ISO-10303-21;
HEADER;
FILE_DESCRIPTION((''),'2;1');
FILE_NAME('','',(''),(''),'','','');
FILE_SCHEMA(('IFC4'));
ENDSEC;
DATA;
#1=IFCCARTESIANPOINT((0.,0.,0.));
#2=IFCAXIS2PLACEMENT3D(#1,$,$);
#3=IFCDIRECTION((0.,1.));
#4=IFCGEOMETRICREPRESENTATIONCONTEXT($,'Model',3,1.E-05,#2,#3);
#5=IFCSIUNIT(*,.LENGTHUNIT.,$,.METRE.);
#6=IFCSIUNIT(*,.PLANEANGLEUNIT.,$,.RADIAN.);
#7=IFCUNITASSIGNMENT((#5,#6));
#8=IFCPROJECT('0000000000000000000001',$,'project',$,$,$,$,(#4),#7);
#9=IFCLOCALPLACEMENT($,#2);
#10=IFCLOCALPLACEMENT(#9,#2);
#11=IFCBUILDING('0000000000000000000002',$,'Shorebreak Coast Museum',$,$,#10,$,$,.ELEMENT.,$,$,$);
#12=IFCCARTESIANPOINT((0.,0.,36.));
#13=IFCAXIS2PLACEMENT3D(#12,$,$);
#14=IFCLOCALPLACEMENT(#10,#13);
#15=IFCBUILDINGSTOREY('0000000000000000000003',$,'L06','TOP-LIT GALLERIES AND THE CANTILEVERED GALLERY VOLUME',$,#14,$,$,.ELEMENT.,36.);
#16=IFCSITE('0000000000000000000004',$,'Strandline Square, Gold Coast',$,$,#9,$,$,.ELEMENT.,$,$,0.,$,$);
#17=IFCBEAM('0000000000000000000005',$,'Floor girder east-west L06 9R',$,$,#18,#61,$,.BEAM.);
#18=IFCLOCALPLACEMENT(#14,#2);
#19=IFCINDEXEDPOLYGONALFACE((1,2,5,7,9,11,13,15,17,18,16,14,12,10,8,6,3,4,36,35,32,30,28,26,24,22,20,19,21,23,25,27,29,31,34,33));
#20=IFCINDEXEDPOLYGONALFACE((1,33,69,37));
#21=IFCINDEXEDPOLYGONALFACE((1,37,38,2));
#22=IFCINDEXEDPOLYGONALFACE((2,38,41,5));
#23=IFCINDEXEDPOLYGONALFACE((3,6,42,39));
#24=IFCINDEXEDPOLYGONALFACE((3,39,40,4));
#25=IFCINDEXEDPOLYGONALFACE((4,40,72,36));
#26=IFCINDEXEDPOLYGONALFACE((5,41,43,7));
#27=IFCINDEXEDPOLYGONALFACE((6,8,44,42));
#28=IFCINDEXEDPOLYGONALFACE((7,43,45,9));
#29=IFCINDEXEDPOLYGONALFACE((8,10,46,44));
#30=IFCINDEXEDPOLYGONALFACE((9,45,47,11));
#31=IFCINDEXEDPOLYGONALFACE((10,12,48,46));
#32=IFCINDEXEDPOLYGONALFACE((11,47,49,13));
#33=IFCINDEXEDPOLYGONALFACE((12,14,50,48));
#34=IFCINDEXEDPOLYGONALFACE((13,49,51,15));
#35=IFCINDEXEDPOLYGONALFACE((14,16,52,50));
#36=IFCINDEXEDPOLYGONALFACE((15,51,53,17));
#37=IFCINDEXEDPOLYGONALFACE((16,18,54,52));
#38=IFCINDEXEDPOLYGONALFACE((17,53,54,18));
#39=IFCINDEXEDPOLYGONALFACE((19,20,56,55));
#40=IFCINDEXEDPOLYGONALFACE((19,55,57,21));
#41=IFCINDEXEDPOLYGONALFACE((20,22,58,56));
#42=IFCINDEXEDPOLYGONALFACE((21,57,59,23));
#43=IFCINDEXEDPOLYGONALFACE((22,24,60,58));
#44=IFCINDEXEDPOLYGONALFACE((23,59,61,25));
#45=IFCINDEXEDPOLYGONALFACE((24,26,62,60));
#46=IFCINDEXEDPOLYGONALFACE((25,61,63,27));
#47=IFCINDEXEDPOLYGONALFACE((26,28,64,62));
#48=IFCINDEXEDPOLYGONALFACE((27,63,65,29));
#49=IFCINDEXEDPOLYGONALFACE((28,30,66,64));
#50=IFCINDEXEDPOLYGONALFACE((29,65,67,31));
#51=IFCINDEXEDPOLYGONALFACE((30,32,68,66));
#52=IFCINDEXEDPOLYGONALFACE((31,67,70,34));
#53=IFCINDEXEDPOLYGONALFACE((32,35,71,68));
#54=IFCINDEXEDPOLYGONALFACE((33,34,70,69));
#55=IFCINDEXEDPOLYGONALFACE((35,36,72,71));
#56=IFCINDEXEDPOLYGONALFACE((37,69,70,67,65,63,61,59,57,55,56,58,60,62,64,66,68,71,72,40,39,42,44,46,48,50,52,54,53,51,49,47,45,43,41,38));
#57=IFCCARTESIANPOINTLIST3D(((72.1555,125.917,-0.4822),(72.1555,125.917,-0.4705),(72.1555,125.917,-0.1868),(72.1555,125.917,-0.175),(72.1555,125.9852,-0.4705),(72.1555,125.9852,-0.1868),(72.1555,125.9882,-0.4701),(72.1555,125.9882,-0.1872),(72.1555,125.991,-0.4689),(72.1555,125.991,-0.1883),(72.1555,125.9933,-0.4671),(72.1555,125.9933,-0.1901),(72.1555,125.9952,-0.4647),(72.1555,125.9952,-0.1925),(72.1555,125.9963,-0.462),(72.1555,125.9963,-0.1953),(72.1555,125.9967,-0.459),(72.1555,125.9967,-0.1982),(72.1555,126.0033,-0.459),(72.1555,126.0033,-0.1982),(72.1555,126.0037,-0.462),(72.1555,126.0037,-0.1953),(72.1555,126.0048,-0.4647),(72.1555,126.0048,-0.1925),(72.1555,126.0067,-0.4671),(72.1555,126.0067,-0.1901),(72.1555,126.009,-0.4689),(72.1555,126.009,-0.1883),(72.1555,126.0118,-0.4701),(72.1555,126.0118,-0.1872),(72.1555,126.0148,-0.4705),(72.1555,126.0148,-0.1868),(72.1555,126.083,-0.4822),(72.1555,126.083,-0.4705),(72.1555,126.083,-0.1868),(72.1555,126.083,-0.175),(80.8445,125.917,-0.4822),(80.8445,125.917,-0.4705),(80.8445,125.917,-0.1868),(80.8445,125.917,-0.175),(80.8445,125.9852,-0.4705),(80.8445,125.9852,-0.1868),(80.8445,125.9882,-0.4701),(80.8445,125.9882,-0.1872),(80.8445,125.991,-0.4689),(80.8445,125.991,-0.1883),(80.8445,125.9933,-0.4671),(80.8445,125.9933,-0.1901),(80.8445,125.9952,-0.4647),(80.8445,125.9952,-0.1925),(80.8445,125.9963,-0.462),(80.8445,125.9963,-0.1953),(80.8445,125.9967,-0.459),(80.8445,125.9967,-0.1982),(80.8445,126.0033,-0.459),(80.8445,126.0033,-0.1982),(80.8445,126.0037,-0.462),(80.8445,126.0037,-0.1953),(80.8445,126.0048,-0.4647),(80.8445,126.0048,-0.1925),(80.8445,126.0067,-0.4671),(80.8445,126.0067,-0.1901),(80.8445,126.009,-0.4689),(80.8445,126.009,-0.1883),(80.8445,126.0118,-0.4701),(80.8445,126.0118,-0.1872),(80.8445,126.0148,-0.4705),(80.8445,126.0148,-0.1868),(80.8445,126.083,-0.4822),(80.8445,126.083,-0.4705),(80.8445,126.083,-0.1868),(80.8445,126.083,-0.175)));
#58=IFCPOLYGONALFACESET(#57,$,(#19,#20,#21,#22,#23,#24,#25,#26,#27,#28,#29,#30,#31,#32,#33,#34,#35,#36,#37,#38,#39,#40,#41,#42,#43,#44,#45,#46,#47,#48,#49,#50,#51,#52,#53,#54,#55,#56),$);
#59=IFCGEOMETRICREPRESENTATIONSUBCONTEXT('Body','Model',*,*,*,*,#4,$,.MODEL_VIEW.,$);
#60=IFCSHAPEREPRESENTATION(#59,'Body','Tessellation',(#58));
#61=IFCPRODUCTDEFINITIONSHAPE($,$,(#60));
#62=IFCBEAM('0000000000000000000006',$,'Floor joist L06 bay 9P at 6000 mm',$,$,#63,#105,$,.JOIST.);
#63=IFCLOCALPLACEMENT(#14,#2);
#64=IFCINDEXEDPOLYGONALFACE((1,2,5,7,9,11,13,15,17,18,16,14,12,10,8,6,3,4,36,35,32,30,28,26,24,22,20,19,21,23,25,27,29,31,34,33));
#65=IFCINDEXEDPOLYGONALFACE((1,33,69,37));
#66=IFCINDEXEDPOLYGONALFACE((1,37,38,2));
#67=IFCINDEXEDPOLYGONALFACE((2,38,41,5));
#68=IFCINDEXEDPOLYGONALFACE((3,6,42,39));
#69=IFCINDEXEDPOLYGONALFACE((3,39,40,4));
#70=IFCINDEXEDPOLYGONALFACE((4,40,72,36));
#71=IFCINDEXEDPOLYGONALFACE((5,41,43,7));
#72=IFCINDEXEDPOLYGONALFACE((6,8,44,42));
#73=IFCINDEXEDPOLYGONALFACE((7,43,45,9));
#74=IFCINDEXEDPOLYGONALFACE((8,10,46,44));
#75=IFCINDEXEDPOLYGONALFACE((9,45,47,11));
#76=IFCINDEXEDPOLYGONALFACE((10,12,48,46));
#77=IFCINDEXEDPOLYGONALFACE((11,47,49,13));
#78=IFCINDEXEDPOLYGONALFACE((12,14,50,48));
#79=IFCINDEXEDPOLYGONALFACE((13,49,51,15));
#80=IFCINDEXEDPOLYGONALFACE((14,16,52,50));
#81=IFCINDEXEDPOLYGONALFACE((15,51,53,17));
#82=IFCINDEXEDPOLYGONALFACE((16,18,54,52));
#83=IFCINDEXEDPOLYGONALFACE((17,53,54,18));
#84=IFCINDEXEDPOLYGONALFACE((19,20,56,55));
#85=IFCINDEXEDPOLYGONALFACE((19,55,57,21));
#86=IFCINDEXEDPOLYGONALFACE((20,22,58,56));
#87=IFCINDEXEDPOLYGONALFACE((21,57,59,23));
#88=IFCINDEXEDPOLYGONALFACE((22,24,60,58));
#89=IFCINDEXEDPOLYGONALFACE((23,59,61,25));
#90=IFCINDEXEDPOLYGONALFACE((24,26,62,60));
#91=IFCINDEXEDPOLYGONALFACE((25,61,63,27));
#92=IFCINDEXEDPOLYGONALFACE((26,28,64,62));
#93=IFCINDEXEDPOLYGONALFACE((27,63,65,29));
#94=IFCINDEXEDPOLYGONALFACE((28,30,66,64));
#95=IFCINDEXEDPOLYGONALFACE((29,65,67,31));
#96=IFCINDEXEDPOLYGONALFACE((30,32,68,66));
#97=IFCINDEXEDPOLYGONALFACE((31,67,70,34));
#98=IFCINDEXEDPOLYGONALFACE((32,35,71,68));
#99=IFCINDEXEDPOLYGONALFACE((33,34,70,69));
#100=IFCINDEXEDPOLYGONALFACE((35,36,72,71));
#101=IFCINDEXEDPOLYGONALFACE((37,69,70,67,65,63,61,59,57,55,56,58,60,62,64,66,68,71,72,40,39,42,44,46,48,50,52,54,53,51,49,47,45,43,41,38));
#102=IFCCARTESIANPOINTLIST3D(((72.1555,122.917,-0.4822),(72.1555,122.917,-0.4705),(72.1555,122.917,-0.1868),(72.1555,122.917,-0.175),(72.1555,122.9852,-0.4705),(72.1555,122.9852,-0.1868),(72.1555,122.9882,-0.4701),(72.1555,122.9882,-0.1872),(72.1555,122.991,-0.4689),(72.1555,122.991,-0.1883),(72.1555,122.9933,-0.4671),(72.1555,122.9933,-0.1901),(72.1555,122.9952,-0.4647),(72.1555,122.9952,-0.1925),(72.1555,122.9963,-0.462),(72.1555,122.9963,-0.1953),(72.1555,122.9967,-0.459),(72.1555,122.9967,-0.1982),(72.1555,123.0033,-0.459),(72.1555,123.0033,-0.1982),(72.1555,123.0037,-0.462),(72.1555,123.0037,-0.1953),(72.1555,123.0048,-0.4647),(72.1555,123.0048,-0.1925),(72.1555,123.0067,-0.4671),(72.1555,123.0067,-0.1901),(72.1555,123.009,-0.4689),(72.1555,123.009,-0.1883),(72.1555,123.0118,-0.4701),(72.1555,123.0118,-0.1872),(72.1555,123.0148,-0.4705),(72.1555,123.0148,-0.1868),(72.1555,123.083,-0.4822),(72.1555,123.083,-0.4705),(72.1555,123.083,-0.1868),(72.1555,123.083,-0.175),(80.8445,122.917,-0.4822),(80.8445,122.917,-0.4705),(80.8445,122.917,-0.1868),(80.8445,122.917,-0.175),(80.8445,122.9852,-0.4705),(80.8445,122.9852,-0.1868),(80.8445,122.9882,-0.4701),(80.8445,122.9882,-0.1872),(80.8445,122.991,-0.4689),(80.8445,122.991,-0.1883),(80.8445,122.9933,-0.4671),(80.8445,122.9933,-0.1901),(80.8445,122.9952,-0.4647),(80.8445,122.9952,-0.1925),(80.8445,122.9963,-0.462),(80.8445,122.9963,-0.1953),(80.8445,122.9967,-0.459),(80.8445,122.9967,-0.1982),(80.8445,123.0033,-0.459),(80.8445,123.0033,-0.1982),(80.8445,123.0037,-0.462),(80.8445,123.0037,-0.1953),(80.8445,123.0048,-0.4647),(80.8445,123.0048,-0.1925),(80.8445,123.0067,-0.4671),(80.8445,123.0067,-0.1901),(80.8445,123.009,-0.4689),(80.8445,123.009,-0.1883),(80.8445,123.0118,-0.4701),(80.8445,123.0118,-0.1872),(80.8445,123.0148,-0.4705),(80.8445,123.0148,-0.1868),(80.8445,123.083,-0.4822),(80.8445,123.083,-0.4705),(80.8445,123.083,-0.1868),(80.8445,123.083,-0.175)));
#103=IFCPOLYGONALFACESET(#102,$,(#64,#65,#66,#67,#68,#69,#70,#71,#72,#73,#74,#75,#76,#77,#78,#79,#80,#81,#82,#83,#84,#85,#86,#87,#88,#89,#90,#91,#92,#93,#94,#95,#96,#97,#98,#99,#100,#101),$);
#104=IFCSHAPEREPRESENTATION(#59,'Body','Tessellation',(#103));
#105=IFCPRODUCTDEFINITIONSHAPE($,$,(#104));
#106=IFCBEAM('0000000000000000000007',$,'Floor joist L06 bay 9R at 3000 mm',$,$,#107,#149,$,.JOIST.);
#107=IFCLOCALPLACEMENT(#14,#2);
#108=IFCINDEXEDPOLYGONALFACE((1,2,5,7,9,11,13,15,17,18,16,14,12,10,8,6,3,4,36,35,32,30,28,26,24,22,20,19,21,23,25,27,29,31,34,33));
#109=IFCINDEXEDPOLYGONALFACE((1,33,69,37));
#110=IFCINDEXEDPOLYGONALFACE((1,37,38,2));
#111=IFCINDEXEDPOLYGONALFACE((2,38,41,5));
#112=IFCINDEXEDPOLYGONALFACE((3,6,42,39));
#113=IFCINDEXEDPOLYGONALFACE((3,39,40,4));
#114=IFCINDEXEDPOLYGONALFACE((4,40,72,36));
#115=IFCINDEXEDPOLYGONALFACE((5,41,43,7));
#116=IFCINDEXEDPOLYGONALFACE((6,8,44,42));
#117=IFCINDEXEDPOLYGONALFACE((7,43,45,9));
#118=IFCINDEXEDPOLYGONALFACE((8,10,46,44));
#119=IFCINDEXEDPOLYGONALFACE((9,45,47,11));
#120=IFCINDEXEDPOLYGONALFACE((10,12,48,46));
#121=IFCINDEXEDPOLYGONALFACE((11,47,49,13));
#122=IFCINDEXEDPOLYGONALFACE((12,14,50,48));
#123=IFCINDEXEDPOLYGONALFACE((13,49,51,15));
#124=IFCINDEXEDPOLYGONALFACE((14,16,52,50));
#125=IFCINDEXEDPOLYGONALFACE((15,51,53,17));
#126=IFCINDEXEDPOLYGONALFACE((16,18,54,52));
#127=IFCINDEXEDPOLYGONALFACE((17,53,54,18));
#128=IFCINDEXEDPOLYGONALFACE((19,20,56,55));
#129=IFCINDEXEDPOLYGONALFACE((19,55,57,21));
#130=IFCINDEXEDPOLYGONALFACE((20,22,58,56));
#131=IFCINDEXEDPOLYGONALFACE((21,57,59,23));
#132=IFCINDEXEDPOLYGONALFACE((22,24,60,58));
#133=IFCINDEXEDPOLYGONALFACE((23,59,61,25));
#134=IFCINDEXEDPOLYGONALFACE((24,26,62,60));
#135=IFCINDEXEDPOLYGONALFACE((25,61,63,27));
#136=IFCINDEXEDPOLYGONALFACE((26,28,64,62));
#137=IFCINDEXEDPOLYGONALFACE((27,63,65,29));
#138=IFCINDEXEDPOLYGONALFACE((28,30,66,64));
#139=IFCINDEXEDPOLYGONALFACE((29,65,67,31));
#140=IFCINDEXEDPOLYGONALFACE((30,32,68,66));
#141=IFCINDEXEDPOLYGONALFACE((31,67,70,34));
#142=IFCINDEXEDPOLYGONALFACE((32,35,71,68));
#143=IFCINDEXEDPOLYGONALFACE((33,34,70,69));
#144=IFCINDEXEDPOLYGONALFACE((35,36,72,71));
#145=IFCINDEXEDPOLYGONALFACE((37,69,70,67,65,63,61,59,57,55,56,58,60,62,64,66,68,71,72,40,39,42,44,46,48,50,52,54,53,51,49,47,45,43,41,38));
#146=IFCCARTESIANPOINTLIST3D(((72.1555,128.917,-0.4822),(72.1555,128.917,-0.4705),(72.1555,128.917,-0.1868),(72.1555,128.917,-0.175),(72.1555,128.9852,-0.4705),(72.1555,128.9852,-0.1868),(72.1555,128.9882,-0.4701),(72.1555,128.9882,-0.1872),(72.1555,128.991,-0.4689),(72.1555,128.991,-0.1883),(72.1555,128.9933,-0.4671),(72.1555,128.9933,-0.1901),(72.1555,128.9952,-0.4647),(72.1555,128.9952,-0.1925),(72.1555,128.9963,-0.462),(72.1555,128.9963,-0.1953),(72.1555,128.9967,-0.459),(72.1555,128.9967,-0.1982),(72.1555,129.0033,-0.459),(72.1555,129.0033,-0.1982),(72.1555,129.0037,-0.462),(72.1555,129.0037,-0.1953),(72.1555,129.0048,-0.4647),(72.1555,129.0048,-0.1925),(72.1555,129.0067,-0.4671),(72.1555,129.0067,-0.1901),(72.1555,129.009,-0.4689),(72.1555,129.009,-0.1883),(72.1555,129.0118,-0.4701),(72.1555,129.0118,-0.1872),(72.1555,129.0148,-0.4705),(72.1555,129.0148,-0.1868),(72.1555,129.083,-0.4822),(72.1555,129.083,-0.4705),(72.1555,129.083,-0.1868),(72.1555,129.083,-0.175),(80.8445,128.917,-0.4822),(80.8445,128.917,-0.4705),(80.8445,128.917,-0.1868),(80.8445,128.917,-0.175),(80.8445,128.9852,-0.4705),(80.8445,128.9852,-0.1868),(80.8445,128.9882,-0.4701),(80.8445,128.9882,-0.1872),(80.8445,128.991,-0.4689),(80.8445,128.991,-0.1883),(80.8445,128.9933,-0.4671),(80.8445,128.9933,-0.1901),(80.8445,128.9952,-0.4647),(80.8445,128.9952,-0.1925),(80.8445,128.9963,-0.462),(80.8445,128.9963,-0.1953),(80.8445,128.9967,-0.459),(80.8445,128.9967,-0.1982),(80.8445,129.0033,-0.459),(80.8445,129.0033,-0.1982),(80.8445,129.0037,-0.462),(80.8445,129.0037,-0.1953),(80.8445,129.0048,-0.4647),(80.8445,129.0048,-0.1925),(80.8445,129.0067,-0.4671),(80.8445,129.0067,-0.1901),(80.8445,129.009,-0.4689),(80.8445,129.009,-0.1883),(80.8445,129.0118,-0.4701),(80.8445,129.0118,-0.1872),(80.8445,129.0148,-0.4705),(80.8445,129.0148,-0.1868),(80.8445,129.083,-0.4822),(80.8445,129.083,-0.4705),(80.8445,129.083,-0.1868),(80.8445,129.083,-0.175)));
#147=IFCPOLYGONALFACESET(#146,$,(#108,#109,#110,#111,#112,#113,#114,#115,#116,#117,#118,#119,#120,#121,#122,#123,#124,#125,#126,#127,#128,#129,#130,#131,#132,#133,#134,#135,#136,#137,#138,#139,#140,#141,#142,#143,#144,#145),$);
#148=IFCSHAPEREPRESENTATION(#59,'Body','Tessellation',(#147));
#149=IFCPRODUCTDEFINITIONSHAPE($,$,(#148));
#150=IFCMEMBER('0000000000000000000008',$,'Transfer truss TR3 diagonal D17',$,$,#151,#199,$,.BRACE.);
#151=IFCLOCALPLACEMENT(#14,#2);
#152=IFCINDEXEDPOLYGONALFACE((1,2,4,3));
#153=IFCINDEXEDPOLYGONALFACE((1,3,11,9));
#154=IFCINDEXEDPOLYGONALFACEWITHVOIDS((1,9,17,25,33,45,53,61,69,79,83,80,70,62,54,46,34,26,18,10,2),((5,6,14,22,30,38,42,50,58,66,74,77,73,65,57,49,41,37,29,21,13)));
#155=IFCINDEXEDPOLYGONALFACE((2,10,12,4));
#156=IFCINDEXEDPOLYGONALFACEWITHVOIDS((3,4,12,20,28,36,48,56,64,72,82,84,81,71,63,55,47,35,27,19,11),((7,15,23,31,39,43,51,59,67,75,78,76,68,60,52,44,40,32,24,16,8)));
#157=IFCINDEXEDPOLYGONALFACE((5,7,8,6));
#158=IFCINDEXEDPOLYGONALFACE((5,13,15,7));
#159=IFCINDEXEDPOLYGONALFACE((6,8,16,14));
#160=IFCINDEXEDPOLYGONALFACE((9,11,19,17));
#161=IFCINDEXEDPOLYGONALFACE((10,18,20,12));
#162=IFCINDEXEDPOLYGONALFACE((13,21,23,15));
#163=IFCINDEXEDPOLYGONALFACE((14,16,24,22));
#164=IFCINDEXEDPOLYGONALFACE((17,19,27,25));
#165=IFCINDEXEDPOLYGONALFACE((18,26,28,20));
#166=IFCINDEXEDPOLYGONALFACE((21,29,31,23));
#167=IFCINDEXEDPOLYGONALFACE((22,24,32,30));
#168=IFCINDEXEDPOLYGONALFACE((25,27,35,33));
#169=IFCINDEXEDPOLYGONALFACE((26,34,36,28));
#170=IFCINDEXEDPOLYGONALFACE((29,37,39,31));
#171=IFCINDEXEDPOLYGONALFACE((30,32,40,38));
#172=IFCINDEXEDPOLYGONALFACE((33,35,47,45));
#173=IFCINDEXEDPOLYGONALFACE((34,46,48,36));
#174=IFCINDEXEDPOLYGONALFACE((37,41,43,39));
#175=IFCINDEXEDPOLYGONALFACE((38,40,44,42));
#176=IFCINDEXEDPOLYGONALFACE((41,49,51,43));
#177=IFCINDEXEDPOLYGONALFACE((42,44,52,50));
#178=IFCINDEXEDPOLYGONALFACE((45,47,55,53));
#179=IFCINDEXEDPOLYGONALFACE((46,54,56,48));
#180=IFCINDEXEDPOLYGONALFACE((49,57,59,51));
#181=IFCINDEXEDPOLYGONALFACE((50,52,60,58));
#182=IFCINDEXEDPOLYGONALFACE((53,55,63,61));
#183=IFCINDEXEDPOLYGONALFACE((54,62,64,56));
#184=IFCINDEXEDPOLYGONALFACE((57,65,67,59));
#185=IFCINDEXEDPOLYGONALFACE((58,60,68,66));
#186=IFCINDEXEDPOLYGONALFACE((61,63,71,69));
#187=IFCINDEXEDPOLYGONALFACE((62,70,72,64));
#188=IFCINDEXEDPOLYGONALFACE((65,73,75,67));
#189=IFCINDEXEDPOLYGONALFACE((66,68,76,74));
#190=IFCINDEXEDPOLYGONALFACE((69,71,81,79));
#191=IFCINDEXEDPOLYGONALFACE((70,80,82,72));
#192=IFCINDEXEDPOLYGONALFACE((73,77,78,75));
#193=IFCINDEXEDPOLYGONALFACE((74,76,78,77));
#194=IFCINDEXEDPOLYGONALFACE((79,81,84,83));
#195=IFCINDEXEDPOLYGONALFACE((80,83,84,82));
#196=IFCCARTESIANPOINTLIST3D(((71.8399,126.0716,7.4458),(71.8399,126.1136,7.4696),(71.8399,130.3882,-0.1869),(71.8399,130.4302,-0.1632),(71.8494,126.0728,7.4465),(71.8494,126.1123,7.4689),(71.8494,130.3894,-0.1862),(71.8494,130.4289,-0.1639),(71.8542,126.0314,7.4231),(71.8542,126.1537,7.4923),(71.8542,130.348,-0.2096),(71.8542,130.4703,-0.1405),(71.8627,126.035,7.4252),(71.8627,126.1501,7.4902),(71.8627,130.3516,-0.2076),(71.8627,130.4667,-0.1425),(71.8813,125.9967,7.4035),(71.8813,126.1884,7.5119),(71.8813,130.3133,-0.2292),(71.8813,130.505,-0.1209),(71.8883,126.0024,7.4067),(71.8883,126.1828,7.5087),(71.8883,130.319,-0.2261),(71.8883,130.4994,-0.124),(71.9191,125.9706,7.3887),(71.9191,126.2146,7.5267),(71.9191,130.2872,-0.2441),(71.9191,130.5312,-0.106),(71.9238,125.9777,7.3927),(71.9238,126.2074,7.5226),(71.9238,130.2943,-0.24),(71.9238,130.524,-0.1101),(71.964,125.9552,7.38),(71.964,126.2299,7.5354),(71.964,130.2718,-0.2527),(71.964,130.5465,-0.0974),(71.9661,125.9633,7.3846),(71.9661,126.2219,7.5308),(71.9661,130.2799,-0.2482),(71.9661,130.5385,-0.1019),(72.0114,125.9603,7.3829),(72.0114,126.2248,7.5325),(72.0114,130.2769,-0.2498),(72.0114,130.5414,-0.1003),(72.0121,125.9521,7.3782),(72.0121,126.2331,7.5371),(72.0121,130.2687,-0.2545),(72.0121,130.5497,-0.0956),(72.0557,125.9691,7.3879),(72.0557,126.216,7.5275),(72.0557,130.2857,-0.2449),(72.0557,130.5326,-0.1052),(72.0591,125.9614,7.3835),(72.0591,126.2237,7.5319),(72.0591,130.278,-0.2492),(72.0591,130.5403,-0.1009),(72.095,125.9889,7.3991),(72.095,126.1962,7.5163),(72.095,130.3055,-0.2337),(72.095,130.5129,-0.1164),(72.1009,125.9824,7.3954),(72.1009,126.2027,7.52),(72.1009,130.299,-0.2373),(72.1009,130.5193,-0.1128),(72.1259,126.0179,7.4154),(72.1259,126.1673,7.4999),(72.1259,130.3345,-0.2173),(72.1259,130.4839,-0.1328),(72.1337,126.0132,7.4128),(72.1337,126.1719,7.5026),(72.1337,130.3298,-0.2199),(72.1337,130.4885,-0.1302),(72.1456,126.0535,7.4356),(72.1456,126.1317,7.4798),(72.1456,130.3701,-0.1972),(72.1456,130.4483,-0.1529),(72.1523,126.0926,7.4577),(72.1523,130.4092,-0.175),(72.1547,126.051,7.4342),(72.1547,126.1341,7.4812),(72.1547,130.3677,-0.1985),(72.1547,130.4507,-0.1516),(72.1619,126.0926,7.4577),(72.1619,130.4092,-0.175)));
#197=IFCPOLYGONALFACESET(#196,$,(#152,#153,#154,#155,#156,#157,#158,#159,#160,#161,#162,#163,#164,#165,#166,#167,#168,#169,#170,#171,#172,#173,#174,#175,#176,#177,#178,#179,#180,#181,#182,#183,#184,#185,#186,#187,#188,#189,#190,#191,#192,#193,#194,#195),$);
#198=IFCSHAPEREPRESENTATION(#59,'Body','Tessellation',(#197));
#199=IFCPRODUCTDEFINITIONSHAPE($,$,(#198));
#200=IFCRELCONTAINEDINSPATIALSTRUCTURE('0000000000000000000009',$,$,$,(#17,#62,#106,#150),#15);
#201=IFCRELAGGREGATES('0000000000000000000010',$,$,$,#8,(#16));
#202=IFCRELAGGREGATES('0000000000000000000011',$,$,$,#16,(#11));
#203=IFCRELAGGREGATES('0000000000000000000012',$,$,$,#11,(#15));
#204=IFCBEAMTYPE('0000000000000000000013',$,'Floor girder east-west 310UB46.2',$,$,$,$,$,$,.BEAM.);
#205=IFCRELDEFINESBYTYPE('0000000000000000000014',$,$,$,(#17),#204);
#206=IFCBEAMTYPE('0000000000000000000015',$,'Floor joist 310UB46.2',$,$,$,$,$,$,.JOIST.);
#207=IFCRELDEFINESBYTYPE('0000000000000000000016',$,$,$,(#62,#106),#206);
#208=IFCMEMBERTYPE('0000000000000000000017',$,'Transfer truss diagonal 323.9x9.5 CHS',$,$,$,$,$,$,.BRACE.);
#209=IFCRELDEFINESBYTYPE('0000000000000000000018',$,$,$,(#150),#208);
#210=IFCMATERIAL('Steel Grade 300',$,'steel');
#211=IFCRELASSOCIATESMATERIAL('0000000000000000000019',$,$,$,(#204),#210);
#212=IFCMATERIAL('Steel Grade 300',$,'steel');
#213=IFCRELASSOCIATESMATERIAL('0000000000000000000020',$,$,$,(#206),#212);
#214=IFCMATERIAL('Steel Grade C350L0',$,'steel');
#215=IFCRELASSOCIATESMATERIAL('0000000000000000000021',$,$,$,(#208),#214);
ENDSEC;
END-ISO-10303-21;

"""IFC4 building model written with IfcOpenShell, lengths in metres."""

from ifc_helpers import new_model, si_unit, direction, frame, origin, origin_2d, place, context, subcontext, project, spatial, hollow_circle, i_section, extrude, material, material_profile, profile_set, type_object, element, save


model = new_model("IFC4")

# Units and contexts
model_context = context("Model", 3, precision=1e-05, world=origin(), true_north=direction((0.0, 1.0)))
body_context = subcontext(model_context, "Body", "Model", "MODEL_VIEW")
ifc_project = project(units=[si_unit("LENGTHUNIT", "METRE"), si_unit("PLANEANGLEUNIT", "RADIAN")], contexts=[model_context])

# Site, building, storey
site_placement = place(None, origin())
site = spatial("IfcSite", under=ifc_project, at=site_placement, Name="Strandline Square, Gold Coast", CompositionType="ELEMENT", RefElevation=0.0)
building_placement = place(site_placement, origin())
building = spatial("IfcBuilding", under=site, at=building_placement, Name="Shorebreak Coast Museum", CompositionType="ELEMENT")
storey_placement = place(building_placement, frame((0.0, 0.0, 36.0)))
storey = spatial("IfcBuildingStorey", under=building, at=storey_placement, Name="L06", Description="TOP-LIT GALLERIES AND THE CANTILEVERED GALLERY VOLUME", CompositionType="ELEMENT", Elevation=36.0)

# Beams
ifc_material_1 = material(Name="Steel Grade 300", Category="steel")
ifc_material_profile_1 = material_profile(ifc_material_1, i_section(OverallWidth=0.166, OverallDepth=0.3071, WebThickness=0.0066, FlangeThickness=0.0117, FilletRadius=0.0115, at=origin_2d()), Name="310UB46.2")
ifc_profile_set_1 = profile_set([ifc_material_profile_1], Name="Steel Grade 300")
beam_type_1 = type_object("IfcBeamType", Name="Floor girder east-west 310UB46.2", PredefinedType="BEAM", material=ifc_profile_set_1)
beam_placement = place(storey_placement, frame((72.1555, 126.0, -0.3286), z_axis=(1.0, 0.0, 0.0), x_axis=(0.0, 1.0, 0.0)))
element("IfcBeam", 1, at=beam_placement, inside=storey, type_object=beam_type_1, Name="Floor girder east-west L06 9R", PredefinedType="BEAM", context=body_context, shape_type="SweptSolid", body=[
    extrude(i_section(OverallWidth=0.166, OverallDepth=0.3071, WebThickness=0.0066, FlangeThickness=0.0117, FilletRadius=0.0115, at=origin_2d()), origin(), (0.0, 0.0, 1.0), 8.689),
])
ifc_material_2 = material(Name="Steel Grade 300", Category="steel")
ifc_material_profile_2 = material_profile(ifc_material_2, i_section(OverallWidth=0.166, OverallDepth=0.3071, WebThickness=0.0066, FlangeThickness=0.0117, FilletRadius=0.0115, at=origin_2d()), Name="310UB46.2")
ifc_profile_set_2 = profile_set([ifc_material_profile_2], Name="Steel Grade 300")
beam_type_2 = type_object("IfcBeamType", Name="Floor joist 310UB46.2", PredefinedType="JOIST", material=ifc_profile_set_2)
for number, where, z_axis, x_axis, name in (
    (2, (72.1555, 123.0, -0.3286), (1.0, 0.0, 0.0), (0.0, 1.0, 0.0), "Floor joist L06 bay 9P at 6000 mm"),
    (3, (72.1555, 129.0, -0.3286), (1.0, 0.0, 0.0), (0.0, 1.0, 0.0), "Floor joist L06 bay 9R at 3000 mm"),
):
    element("IfcBeam", number, at=place(storey_placement, frame(where, z_axis=z_axis, x_axis=x_axis)), inside=storey, type_object=beam_type_2, Name=name, PredefinedType="JOIST", context=body_context, shape_type="SweptSolid", body=[
        extrude(i_section(OverallWidth=0.166, OverallDepth=0.3071, WebThickness=0.0066, FlangeThickness=0.0117, FilletRadius=0.0115, at=origin_2d()), origin(), (0.0, 0.0, 1.0), 8.689),
    ])

# Member
ifc_material_3 = material(Name="Steel Grade C350L0", Category="steel")
ifc_material_profile_3 = material_profile(ifc_material_3, hollow_circle(Radius=0.1619, WallThickness=0.0095, at=origin_2d()), Name="323.9x9.5 CHS")
ifc_profile_set_3 = profile_set([ifc_material_profile_3], Name="Steel Grade C350L0")
member_type_1 = type_object("IfcMemberType", Name="Transfer truss diagonal 323.9x9.5 CHS", PredefinedType="BRACE", material=ifc_profile_set_3)
member_1_placement = place(storey_placement, frame((72.0, 130.4092, -0.175), z_axis=(0.0, -0.492269, 0.870443), x_axis=(1.0, 0.0, 0.0)))
element("IfcMember", 4, at=member_1_placement, inside=storey, type_object=member_type_1, Name="Transfer truss TR3 diagonal D17", PredefinedType="BRACE", context=body_context, shape_type="SweptSolid", body=[
    extrude(hollow_circle(Radius=0.1619, WallThickness=0.0095, at=origin_2d()), origin(), (0.0, 0.0, 1.0), 8.7688),
])

save(model, "model.ifc")
